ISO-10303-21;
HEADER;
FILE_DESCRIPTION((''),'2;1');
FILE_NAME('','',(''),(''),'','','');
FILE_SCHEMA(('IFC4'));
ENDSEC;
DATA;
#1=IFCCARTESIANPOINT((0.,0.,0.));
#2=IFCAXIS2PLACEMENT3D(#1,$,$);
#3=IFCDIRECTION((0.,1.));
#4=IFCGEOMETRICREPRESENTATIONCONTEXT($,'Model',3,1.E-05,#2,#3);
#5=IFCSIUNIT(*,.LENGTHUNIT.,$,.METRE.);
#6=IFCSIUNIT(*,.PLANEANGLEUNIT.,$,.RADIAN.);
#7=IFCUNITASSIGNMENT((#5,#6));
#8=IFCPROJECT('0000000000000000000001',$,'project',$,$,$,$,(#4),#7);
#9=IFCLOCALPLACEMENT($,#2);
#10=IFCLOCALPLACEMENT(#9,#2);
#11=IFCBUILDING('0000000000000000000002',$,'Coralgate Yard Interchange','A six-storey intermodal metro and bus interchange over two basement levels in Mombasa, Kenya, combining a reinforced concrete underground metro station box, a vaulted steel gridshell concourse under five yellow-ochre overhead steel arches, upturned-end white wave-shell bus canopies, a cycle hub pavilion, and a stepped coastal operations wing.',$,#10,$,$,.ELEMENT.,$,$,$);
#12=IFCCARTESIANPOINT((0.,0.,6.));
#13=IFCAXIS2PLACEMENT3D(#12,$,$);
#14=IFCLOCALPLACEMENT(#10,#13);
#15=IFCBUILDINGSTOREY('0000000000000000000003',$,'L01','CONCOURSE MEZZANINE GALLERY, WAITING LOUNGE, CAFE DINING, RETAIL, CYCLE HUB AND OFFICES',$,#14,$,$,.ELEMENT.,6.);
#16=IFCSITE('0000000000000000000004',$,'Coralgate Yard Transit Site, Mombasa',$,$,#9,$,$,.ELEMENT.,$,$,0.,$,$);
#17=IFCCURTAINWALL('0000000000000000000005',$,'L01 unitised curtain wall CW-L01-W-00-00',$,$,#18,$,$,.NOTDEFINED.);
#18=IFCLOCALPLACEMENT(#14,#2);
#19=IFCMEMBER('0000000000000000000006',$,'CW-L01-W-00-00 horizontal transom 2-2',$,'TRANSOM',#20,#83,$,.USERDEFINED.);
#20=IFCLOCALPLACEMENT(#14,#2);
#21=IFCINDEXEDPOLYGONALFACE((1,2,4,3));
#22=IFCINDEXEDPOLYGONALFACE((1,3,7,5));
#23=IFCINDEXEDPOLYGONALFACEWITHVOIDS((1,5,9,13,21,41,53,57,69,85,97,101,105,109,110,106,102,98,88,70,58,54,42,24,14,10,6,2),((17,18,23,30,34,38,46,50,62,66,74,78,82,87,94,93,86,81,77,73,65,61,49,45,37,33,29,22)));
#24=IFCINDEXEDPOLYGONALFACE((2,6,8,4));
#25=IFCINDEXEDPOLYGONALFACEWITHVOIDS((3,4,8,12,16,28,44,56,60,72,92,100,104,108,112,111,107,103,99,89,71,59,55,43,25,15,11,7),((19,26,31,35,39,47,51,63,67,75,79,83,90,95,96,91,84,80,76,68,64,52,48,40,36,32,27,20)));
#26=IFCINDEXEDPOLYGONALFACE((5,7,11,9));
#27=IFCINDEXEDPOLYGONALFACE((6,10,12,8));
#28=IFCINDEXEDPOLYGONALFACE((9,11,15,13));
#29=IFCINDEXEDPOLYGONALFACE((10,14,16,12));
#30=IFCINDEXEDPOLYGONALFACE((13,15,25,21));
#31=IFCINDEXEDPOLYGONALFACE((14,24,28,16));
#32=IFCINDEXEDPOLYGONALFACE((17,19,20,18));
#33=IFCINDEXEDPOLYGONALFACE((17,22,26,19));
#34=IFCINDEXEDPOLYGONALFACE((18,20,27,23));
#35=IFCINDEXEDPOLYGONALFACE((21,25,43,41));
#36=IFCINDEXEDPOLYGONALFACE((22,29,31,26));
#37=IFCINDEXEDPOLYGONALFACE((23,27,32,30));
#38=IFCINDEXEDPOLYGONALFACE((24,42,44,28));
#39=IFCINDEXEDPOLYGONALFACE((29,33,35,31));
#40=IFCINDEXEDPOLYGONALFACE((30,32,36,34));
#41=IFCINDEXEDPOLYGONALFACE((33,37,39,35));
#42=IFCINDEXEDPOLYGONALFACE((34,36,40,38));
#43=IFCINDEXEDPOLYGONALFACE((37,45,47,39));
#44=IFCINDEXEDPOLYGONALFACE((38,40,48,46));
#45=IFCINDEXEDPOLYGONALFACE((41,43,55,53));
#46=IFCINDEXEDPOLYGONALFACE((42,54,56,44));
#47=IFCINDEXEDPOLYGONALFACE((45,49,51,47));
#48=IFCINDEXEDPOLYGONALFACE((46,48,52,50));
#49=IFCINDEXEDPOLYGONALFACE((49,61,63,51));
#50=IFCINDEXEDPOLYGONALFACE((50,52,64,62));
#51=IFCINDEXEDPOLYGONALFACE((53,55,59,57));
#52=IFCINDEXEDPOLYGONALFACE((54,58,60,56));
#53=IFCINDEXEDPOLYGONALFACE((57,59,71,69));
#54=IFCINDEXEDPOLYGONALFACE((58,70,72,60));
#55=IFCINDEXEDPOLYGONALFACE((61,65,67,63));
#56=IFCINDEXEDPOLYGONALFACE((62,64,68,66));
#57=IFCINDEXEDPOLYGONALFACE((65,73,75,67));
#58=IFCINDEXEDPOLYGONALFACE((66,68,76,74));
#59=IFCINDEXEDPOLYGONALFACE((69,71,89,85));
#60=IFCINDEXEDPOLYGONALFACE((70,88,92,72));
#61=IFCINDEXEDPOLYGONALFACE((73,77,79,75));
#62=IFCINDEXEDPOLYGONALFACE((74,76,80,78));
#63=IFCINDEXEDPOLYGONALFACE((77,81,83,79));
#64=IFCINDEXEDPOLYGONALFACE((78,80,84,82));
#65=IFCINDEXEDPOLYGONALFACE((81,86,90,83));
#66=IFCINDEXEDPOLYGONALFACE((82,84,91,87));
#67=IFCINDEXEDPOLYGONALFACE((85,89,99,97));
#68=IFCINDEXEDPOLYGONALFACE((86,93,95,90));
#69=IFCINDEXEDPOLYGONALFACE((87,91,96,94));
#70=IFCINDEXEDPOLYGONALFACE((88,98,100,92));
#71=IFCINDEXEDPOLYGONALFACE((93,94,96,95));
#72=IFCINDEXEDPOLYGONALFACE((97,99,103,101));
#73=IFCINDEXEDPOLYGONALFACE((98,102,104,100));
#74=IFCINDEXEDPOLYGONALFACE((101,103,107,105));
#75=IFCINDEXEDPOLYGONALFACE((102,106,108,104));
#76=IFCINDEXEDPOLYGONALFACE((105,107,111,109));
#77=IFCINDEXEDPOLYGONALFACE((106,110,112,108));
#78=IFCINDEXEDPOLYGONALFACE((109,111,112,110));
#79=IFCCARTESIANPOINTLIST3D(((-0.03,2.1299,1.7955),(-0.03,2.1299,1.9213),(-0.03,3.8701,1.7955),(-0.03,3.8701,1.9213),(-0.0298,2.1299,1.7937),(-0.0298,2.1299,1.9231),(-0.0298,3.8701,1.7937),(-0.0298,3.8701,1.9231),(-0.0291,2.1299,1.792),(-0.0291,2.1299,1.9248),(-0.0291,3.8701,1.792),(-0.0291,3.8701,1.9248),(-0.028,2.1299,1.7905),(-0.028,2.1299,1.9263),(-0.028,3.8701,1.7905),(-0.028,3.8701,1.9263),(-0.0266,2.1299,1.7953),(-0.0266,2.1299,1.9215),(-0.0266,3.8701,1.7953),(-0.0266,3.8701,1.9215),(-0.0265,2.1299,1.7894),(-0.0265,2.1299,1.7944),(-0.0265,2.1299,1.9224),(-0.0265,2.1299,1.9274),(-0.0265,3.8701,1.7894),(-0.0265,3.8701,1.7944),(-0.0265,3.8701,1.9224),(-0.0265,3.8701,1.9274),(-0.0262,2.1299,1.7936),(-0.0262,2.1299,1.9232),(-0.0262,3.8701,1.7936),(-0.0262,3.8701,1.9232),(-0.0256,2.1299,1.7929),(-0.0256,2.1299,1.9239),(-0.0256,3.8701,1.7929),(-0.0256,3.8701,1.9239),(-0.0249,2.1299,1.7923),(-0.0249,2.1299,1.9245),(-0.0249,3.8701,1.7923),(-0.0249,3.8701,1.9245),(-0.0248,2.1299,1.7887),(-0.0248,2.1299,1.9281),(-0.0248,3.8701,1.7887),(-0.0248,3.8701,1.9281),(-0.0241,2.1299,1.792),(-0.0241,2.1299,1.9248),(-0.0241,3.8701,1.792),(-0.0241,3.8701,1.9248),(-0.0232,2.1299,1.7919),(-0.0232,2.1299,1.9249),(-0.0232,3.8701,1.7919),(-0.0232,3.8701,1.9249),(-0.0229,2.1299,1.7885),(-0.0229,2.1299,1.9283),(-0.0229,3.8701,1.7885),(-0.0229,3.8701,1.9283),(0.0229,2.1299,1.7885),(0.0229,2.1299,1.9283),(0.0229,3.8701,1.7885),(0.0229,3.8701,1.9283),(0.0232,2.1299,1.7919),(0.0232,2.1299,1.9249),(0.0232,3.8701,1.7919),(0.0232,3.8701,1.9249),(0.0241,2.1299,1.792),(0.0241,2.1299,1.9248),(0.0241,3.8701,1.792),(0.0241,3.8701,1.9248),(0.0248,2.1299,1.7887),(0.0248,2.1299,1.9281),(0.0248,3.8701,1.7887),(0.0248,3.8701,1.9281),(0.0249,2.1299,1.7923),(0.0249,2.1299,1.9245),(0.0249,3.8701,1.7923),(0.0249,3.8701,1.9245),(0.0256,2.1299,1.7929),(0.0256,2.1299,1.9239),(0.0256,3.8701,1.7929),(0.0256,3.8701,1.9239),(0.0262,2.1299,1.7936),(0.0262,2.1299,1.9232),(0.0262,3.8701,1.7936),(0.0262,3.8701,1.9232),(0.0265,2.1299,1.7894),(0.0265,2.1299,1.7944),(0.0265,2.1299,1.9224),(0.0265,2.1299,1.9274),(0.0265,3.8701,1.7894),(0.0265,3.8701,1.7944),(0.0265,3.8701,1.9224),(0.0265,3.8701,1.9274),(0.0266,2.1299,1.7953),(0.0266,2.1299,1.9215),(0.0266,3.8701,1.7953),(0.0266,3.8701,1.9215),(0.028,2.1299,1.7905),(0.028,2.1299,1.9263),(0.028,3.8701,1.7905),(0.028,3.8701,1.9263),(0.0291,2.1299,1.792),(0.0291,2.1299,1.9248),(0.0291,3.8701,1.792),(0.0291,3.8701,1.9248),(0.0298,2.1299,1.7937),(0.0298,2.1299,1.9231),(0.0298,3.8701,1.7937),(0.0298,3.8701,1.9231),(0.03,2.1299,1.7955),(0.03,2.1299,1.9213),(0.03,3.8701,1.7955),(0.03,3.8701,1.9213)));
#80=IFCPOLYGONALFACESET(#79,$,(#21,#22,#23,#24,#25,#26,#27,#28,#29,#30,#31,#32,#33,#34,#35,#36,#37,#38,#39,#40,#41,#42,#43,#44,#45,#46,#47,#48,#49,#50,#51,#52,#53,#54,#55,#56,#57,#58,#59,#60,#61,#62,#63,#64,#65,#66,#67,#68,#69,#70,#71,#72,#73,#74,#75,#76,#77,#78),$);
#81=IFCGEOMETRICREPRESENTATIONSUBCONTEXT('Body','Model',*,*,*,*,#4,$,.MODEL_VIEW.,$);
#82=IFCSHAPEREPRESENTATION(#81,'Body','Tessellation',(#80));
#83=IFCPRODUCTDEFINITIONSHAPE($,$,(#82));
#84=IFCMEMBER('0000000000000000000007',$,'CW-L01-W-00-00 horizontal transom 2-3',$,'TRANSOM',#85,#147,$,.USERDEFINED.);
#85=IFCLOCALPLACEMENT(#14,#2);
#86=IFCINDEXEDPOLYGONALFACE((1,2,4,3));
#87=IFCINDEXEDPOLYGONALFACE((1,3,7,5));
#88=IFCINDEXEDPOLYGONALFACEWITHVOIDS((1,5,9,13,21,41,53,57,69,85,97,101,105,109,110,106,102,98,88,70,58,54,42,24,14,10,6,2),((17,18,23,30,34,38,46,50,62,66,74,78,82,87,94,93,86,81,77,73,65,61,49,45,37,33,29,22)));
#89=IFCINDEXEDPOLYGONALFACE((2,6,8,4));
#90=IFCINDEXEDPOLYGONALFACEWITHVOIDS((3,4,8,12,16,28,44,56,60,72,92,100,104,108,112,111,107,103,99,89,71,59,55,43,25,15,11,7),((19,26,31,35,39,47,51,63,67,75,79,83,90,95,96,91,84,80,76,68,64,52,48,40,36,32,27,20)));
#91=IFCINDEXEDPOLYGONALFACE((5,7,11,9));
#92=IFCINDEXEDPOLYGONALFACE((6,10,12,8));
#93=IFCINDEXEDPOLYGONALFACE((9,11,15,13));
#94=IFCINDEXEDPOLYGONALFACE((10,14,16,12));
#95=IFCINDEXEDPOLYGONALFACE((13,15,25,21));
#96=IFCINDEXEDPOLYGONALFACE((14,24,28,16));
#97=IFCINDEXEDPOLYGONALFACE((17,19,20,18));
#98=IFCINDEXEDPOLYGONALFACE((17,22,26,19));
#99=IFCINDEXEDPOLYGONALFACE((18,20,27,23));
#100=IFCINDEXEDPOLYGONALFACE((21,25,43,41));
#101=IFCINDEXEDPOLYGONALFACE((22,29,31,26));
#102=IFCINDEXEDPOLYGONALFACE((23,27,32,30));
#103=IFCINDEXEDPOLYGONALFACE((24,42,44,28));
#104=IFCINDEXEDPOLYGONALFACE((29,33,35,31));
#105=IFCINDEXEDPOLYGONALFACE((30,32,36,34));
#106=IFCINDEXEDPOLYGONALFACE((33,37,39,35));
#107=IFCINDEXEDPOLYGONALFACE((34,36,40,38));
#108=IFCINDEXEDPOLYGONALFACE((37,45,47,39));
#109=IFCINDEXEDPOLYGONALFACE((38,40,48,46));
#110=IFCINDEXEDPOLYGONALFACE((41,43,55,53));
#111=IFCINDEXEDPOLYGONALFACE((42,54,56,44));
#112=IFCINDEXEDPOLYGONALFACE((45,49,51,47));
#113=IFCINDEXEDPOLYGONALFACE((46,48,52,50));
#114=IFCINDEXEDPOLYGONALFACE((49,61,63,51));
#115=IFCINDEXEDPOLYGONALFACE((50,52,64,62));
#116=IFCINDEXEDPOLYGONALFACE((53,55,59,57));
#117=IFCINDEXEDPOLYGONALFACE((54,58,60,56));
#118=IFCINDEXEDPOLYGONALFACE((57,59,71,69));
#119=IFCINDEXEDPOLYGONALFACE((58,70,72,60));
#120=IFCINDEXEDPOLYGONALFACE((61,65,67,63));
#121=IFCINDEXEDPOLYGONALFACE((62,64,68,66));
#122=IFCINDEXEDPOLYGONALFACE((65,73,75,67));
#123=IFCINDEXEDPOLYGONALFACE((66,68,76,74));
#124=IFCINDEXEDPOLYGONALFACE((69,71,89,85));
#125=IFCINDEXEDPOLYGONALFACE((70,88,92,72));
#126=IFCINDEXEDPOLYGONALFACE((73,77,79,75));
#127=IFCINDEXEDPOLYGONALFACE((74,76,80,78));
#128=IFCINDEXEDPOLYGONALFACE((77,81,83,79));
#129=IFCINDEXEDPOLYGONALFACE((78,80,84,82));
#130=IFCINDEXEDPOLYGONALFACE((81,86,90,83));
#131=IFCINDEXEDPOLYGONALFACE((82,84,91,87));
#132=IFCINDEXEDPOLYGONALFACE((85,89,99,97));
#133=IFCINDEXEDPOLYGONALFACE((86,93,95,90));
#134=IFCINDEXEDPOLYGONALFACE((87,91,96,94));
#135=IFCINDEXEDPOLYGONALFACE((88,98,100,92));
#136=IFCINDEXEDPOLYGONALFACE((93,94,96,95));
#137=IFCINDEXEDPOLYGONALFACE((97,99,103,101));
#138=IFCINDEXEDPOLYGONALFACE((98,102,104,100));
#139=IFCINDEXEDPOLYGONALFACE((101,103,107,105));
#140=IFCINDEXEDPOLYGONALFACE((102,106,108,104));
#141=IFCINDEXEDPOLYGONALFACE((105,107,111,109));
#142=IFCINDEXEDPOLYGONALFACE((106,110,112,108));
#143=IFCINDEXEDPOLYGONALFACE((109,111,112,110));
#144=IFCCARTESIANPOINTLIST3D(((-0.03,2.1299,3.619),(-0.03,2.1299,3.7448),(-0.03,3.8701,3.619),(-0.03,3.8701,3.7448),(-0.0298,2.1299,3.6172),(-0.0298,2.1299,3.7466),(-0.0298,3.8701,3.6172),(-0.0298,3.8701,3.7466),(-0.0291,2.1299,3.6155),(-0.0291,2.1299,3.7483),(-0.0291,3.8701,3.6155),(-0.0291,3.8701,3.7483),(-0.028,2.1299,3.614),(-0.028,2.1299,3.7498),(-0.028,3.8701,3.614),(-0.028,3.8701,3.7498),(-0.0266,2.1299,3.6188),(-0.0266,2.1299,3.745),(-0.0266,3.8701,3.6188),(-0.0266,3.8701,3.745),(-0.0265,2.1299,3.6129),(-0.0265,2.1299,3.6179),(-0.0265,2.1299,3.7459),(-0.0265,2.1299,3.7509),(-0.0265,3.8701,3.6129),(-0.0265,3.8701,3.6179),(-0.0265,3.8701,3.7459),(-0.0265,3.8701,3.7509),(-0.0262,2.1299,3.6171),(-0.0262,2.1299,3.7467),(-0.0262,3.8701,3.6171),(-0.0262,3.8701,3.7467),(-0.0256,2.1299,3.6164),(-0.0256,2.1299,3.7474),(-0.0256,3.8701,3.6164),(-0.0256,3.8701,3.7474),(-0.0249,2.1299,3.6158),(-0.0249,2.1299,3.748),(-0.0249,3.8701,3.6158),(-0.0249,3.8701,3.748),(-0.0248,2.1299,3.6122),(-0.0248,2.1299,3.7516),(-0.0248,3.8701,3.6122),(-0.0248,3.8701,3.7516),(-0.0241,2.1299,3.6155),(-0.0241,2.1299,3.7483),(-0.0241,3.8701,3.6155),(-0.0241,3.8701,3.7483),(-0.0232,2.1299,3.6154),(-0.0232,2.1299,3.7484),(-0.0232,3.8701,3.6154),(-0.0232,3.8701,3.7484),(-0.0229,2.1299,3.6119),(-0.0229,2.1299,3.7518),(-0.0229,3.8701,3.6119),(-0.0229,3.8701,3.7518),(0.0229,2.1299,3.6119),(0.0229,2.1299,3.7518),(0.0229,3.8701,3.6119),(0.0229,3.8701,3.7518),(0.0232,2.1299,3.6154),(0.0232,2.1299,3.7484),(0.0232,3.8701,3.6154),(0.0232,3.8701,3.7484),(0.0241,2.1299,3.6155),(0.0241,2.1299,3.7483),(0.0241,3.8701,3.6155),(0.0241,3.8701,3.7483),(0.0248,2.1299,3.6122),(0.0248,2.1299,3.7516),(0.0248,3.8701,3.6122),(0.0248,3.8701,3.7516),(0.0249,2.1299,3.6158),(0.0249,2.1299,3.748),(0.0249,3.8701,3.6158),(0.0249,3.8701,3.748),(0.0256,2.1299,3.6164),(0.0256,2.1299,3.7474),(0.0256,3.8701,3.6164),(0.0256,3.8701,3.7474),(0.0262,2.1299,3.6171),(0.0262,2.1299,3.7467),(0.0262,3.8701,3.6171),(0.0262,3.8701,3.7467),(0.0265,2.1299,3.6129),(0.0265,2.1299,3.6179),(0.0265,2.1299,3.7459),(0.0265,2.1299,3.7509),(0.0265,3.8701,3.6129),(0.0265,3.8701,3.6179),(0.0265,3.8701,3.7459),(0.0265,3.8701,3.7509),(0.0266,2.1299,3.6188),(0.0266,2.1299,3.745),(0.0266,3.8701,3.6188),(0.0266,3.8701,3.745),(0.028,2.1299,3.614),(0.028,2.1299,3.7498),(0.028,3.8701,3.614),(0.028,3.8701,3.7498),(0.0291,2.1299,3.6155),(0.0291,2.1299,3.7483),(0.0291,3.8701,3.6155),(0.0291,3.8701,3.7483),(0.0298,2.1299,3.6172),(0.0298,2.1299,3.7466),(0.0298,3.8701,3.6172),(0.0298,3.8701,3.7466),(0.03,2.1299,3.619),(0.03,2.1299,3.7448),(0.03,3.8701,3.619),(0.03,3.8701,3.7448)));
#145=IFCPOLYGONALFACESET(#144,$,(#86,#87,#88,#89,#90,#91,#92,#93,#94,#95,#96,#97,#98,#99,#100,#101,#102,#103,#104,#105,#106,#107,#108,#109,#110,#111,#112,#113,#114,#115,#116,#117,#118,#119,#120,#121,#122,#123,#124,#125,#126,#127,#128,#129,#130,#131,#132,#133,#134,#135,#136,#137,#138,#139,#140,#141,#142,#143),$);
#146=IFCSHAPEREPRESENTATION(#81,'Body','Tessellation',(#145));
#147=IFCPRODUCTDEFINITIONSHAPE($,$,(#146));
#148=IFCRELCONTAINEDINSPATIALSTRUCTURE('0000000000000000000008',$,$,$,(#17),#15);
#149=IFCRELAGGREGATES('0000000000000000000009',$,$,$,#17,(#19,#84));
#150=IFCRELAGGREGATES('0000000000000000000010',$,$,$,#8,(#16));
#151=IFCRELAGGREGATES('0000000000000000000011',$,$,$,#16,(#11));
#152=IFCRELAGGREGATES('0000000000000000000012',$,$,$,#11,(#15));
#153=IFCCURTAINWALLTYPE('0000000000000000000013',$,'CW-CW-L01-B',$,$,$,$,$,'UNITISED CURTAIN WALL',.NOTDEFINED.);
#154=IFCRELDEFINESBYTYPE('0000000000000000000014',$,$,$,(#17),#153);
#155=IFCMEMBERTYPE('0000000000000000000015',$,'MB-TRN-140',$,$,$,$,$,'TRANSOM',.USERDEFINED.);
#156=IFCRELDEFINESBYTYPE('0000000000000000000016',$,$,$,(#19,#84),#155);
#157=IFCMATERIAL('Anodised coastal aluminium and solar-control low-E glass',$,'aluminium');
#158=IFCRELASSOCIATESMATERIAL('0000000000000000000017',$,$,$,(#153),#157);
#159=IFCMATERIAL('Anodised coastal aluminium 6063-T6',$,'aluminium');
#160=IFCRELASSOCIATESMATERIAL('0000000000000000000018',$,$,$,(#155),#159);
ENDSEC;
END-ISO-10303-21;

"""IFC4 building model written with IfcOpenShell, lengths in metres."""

from ifc_helpers import new_model, si_unit, direction, frame, origin, origin_2d, place, context, subcontext, project, spatial, hollow_rectangle, extrude, material, material_profile, profile_set, type_object, element, aggregate, save


model = new_model("IFC4")

# Units and contexts
model_context = context("Model", 3, precision=1e-05, world=origin(), true_north=direction((0.0, 1.0)))
body_context = subcontext(model_context, "Body", "Model", "MODEL_VIEW")
ifc_project = project(units=[si_unit("LENGTHUNIT", "METRE"), si_unit("PLANEANGLEUNIT", "RADIAN")], contexts=[model_context])

# Site, building, storey
site_placement = place(None, origin())
site = spatial("IfcSite", under=ifc_project, at=site_placement, Name="Coralgate Yard Transit Site, Mombasa", CompositionType="ELEMENT", RefElevation=0.0)
building_placement = place(site_placement, origin())
building = spatial("IfcBuilding", under=site, at=building_placement, Name="Coralgate Yard Interchange", Description="A six-storey intermodal metro and bus interchange over two basement levels in Mombasa, Kenya, combining a reinforced concrete underground metro station box, a vaulted steel gridshell concourse under five yellow-ochre overhead steel arches, upturned-end white wave-shell bus canopies, a cycle hub pavilion, and a stepped coastal operations wing.", CompositionType="ELEMENT")
storey_placement = place(building_placement, frame((0.0, 0.0, 6.0)))
storey = spatial("IfcBuildingStorey", under=building, at=storey_placement, Name="L01", Description="CONCOURSE MEZZANINE GALLERY, WAITING LOUNGE, CAFE DINING, RETAIL, CYCLE HUB AND OFFICES", CompositionType="ELEMENT", Elevation=6.0)

# Curtain wall, members
ifc_material_1 = material(Name="Anodised coastal aluminium and solar-control low-E glass", Category="aluminium")
curtain_wall_type = type_object("IfcCurtainWallType", Name="CW-CW-L01-B", ElementType="UNITISED CURTAIN WALL", PredefinedType="NOTDEFINED", material=ifc_material_1)
curtain_wall_placement = place(storey_placement, origin())
curtain_wall = element("IfcCurtainWall", 1, at=curtain_wall_placement, inside=storey, type_object=curtain_wall_type, Name="L01 unitised curtain wall CW-L01-W-00-00", PredefinedType="NOTDEFINED")
ifc_material_2 = material(Name="Anodised coastal aluminium 6063-T6", Category="aluminium")
ifc_material_profile_1 = material_profile(ifc_material_2, hollow_rectangle(XDim=0.0601, YDim=0.1399, WallThickness=0.0034, InnerFilletRadius=0.0034, OuterFilletRadius=0.0071, at=origin_2d()), Name="ALU 60x140x3.5")
ifc_profile_set_1 = profile_set([ifc_material_profile_1], Name="Anodised coastal aluminium 6063-T6")
member_type_1 = type_object("IfcMemberType", Name="MB-TRN-140", ElementType="TRANSOM", PredefinedType="USERDEFINED", material=ifc_profile_set_1)
member_1_placement = place(storey_placement, frame((0.0, 2.1299, 1.8584), z_axis=(0.0, 1.0, 0.0), x_axis=(-1.0, 0.0, 0.0)))
member_1 = element("IfcMember", 2, at=member_1_placement, type_object=member_type_1, Name="CW-L01-W-00-00 horizontal transom 2-2", ObjectType="TRANSOM", PredefinedType="USERDEFINED", context=body_context, shape_type="SweptSolid", body=[
    extrude(hollow_rectangle(XDim=0.0601, YDim=0.1399, WallThickness=0.0034, InnerFilletRadius=0.0034, OuterFilletRadius=0.0071, at=origin_2d()), origin(), (0.0, 0.0, 1.0), 1.7402),
])
member_2_placement = place(storey_placement, frame((0.0, 2.1299, 3.6819), z_axis=(0.0, 1.0, 0.0), x_axis=(-1.0, 0.0, 0.0)))
member_2 = element("IfcMember", 3, at=member_2_placement, type_object=member_type_1, Name="CW-L01-W-00-00 horizontal transom 2-3", ObjectType="TRANSOM", PredefinedType="USERDEFINED", context=body_context, shape_type="SweptSolid", body=[
    extrude(hollow_rectangle(XDim=0.0601, YDim=0.1399, WallThickness=0.0034, InnerFilletRadius=0.0034, OuterFilletRadius=0.0071, at=origin_2d()), origin(), (0.0, 0.0, 1.0), 1.7402),
])
aggregate(curtain_wall, [member_1, member_2])

save(model, "model.ifc")
